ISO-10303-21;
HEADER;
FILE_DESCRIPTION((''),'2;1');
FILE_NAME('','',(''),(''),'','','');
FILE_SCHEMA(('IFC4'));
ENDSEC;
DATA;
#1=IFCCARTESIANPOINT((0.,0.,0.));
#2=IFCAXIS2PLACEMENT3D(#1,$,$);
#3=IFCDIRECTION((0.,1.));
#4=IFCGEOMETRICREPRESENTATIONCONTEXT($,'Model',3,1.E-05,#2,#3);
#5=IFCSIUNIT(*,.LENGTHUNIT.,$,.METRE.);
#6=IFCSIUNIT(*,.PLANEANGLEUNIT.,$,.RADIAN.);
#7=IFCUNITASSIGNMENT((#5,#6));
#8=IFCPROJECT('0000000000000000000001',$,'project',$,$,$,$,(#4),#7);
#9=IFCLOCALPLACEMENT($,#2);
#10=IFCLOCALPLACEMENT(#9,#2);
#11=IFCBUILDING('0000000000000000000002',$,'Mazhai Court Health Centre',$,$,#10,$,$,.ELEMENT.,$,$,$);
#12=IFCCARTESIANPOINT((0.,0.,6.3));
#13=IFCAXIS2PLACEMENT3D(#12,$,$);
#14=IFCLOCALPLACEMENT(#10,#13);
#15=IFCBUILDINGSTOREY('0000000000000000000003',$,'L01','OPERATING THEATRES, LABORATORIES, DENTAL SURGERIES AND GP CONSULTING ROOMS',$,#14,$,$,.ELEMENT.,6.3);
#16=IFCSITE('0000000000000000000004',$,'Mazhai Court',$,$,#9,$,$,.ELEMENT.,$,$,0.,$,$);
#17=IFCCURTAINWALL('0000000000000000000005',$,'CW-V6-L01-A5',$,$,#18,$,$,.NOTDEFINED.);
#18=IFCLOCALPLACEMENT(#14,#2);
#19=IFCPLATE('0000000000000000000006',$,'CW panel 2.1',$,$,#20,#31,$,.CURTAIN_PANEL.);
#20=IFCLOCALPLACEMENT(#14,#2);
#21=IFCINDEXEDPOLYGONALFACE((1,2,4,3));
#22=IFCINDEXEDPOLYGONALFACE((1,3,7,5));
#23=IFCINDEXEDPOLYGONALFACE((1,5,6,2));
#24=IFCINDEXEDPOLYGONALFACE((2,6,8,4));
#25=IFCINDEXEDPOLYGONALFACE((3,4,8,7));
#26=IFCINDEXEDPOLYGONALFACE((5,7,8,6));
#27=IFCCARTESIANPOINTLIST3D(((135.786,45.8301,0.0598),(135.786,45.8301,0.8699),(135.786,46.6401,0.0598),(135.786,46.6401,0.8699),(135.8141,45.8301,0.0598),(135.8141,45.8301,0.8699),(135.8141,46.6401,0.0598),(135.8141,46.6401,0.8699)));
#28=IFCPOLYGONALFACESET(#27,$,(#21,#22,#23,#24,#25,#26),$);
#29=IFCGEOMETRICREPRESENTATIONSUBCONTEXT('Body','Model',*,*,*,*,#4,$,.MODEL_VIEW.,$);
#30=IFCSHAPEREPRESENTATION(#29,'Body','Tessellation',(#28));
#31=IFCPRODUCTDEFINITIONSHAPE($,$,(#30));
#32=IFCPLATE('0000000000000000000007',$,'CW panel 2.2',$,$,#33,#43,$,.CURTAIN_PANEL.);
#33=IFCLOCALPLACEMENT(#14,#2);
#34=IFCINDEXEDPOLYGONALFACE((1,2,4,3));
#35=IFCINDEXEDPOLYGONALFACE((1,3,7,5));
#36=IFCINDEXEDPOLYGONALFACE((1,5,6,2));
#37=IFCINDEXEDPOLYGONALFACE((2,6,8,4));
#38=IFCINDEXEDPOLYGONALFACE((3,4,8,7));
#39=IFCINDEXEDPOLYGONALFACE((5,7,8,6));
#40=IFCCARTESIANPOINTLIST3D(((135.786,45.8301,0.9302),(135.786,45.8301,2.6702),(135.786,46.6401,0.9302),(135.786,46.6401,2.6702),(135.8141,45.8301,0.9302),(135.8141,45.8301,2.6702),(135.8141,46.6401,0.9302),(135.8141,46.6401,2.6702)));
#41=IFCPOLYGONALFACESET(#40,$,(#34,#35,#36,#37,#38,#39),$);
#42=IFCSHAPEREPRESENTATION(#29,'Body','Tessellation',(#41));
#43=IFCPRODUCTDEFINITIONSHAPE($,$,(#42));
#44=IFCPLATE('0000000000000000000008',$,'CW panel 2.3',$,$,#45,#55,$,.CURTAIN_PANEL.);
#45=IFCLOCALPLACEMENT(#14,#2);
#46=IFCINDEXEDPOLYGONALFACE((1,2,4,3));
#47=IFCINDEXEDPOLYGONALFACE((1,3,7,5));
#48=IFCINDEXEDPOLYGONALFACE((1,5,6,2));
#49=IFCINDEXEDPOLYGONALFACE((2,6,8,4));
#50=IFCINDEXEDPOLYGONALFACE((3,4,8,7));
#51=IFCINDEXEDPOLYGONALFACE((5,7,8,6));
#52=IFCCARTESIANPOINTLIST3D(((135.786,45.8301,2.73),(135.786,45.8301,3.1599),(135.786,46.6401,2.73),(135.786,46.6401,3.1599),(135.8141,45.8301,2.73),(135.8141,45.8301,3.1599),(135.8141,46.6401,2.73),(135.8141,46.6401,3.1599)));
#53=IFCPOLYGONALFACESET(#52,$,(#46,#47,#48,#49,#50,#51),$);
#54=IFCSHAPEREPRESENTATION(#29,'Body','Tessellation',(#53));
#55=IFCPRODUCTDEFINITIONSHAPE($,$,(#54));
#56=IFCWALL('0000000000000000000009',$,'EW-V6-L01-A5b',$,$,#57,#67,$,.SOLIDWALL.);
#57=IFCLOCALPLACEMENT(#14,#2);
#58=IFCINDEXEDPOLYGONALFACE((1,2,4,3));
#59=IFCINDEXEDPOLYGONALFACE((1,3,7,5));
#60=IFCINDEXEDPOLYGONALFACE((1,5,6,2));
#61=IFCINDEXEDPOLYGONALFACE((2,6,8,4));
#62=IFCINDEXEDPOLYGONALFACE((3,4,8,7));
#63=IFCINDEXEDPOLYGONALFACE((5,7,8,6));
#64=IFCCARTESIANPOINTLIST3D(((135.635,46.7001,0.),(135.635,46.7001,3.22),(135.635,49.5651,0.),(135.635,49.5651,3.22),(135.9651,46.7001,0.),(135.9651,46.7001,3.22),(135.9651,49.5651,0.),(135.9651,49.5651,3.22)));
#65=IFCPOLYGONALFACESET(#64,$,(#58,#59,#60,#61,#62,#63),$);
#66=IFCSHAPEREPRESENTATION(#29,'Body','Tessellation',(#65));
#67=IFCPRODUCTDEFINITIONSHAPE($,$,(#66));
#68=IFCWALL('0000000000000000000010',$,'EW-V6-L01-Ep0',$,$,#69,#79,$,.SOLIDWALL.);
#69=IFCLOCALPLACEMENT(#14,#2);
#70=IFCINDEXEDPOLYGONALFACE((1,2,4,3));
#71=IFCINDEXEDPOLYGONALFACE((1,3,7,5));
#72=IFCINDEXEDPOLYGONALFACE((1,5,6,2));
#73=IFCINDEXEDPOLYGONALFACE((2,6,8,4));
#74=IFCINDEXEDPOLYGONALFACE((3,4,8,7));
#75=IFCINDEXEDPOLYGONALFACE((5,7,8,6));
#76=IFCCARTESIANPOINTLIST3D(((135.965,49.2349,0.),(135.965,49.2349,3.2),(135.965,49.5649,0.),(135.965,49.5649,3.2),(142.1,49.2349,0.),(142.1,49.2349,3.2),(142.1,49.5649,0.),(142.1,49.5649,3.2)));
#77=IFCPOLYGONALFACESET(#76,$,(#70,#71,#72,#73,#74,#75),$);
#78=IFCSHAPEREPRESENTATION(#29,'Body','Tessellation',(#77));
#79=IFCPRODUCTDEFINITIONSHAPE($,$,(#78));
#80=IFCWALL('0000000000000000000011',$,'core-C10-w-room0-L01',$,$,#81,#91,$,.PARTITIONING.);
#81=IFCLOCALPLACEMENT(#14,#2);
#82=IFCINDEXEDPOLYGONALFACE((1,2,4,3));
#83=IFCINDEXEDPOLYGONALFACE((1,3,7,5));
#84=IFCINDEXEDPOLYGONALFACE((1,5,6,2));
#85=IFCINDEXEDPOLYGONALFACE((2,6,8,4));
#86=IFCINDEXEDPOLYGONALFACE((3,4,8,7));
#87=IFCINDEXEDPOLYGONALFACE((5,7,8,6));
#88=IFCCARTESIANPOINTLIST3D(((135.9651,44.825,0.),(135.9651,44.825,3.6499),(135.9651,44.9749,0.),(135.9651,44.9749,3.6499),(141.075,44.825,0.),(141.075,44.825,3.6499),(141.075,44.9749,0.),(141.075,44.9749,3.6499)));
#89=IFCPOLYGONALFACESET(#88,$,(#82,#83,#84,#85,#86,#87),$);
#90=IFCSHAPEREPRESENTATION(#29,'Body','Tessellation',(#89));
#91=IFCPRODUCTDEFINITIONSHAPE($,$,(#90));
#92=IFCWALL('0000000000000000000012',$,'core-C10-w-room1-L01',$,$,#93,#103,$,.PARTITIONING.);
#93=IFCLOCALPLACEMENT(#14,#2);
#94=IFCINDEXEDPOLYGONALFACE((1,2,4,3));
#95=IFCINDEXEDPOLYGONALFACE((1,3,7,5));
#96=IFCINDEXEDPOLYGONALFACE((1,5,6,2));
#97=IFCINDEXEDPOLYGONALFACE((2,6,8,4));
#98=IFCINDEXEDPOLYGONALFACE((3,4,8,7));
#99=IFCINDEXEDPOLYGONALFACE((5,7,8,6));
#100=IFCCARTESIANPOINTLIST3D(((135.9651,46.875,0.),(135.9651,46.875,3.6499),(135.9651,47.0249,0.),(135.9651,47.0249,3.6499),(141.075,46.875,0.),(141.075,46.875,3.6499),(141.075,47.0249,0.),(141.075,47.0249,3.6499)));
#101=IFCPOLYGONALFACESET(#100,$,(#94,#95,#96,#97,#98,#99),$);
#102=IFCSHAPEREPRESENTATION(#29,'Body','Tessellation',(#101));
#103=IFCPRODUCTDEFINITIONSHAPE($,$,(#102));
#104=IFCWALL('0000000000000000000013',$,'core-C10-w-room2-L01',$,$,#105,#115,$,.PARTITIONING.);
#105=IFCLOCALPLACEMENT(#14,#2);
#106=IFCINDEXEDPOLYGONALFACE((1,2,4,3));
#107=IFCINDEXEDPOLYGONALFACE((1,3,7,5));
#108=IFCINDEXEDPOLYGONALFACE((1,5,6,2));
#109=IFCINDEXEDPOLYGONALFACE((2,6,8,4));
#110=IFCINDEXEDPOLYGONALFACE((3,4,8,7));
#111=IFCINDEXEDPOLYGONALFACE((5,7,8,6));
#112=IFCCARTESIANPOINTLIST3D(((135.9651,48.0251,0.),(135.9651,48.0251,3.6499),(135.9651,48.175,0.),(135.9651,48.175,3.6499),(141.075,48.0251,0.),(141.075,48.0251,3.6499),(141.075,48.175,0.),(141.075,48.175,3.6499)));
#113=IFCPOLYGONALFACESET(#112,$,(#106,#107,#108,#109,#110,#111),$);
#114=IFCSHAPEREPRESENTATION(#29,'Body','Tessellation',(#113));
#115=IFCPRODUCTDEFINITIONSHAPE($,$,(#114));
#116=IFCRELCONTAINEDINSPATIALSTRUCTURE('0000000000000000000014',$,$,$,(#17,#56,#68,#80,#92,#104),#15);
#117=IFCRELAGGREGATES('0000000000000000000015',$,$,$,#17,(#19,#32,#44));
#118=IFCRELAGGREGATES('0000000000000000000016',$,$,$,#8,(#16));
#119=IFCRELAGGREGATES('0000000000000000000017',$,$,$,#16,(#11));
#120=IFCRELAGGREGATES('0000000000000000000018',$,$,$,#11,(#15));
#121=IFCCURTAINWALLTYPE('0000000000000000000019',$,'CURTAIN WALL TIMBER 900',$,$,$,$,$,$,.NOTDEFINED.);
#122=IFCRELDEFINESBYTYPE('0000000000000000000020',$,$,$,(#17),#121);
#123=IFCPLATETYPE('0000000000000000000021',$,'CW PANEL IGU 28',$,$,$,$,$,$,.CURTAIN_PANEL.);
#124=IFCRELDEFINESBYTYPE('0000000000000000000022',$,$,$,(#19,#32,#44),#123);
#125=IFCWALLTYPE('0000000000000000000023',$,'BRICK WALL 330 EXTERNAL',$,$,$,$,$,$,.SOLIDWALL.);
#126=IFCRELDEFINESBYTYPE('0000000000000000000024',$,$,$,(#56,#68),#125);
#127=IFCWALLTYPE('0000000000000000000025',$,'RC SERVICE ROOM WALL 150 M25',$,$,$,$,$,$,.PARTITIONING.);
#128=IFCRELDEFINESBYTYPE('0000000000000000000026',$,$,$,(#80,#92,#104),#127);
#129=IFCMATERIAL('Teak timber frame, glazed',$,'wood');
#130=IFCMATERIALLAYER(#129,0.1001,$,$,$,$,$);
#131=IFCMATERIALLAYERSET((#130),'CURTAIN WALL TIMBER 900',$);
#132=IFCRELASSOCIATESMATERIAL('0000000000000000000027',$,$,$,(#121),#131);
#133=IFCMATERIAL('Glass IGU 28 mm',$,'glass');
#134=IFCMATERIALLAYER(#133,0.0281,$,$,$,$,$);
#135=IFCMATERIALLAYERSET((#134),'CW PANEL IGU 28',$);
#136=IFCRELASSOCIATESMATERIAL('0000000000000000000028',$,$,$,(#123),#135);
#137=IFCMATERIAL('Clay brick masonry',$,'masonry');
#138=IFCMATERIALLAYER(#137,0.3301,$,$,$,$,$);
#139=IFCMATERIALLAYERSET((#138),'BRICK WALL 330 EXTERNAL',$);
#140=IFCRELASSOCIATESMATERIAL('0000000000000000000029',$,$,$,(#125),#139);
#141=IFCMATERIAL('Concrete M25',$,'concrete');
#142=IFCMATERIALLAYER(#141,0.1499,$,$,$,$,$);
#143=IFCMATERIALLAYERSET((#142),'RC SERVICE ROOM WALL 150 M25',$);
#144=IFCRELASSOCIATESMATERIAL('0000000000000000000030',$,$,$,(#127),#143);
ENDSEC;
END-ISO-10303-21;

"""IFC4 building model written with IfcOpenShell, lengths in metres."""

from ifc_helpers import new_model, si_unit, direction, frame, frame_2d, origin, origin_2d, place, context, subcontext, project, spatial, rectangle, extrude, material, layer, layer_set, type_object, element, aggregate, save


model = new_model("IFC4")

# Units and contexts
model_context = context("Model", 3, precision=1e-05, world=origin(), true_north=direction((0.0, 1.0)))
body_context = subcontext(model_context, "Body", "Model", "MODEL_VIEW")
ifc_project = project(units=[si_unit("LENGTHUNIT", "METRE"), si_unit("PLANEANGLEUNIT", "RADIAN")], contexts=[model_context])

# Site, building, storey
site_placement = place(None, origin())
site = spatial("IfcSite", under=ifc_project, at=site_placement, Name="Mazhai Court", CompositionType="ELEMENT", RefElevation=0.0)
building_placement = place(site_placement, origin())
building = spatial("IfcBuilding", under=site, at=building_placement, Name="Mazhai Court Health Centre", CompositionType="ELEMENT")
storey_placement = place(building_placement, frame((0.0, 0.0, 6.3)))
storey = spatial("IfcBuildingStorey", under=building, at=storey_placement, Name="L01", Description="OPERATING THEATRES, LABORATORIES, DENTAL SURGERIES AND GP CONSULTING ROOMS", CompositionType="ELEMENT", Elevation=6.3)

# Curtain wall, plates
ifc_material_1 = material(Name="Teak timber frame, glazed", Category="wood")
ifc_layer_1 = layer(ifc_material_1, 0.1001)
ifc_layer_set_1 = layer_set([ifc_layer_1], Name="CURTAIN WALL TIMBER 900")
curtain_wall_type = type_object("IfcCurtainWallType", Name="CURTAIN WALL TIMBER 900", PredefinedType="NOTDEFINED", material=ifc_layer_set_1)
curtain_wall_placement = place(storey_placement, origin())
curtain_wall = element("IfcCurtainWall", 1, at=curtain_wall_placement, inside=storey, type_object=curtain_wall_type, Name="CW-V6-L01-A5", PredefinedType="NOTDEFINED")
ifc_material_2 = material(Name="Glass IGU 28 mm", Category="glass")
ifc_layer_2 = layer(ifc_material_2, 0.0281)
ifc_layer_set_2 = layer_set([ifc_layer_2], Name="CW PANEL IGU 28")
plate_type = type_object("IfcPlateType", Name="CW PANEL IGU 28", PredefinedType="CURTAIN_PANEL", material=ifc_layer_set_2)
plate_1_placement = place(storey_placement, frame((135.8, 46.2351, 0.0598), z_axis=(0.0, 0.0, 1.0), x_axis=(0.0, 1.0, 0.0)))
plate_1 = element("IfcPlate", 2, at=plate_1_placement, type_object=plate_type, Name="CW panel 2.1", PredefinedType="CURTAIN_PANEL", context=body_context, shape_type="SweptSolid", body=[
    extrude(rectangle(XDim=0.8101, YDim=0.0281, at=origin_2d()), origin(), (0.0, 0.0, 1.0), 0.8101),
])
plate_2_placement = place(storey_placement, frame((135.8, 46.2351, 0.9302), z_axis=(0.0, 0.0, 1.0), x_axis=(0.0, 1.0, 0.0)))
plate_2 = element("IfcPlate", 3, at=plate_2_placement, type_object=plate_type, Name="CW panel 2.2", PredefinedType="CURTAIN_PANEL", context=body_context, shape_type="SweptSolid", body=[
    extrude(rectangle(XDim=0.8101, YDim=0.0281, at=origin_2d()), origin(), (0.0, 0.0, 1.0), 1.74),
])
plate_3_placement = place(storey_placement, frame((135.8, 46.2351, 2.73), z_axis=(0.0, 0.0, 1.0), x_axis=(0.0, 1.0, 0.0)))
plate_3 = element("IfcPlate", 4, at=plate_3_placement, type_object=plate_type, Name="CW panel 2.3", PredefinedType="CURTAIN_PANEL", context=body_context, shape_type="SweptSolid", body=[
    extrude(rectangle(XDim=0.8101, YDim=0.0281, at=origin_2d()), origin(), (0.0, 0.0, 1.0), 0.4299),
])
aggregate(curtain_wall, [plate_1, plate_2, plate_3])

# Walls
ifc_material_3 = material(Name="Clay brick masonry", Category="masonry")
ifc_layer_3 = layer(ifc_material_3, 0.3301)
ifc_layer_set_3 = layer_set([ifc_layer_3], Name="BRICK WALL 330 EXTERNAL")
wall_type_1 = type_object("IfcWallType", Name="BRICK WALL 330 EXTERNAL", PredefinedType="SOLIDWALL", material=ifc_layer_set_3)
wall_1_placement = place(storey_placement, frame((135.8, 46.7, 0.0), z_axis=(0.0, 0.0, 1.0), x_axis=(0.0, 1.0, 0.0)))
element("IfcWall", 5, at=wall_1_placement, inside=storey, type_object=wall_type_1, Name="EW-V6-L01-A5b", PredefinedType="SOLIDWALL", context=body_context, shape_type="SweptSolid", body=[
    extrude(rectangle(XDim=2.865, YDim=0.3301, at=frame_2d((1.4326, 0.0))), origin(), (0.0, 0.0, 1.0), 3.22),
])
wall_2_placement = place(storey_placement, frame((135.9651, 49.3999, 0.0), z_axis=(0.0, 0.0, 1.0), x_axis=(1.0, 0.0, 0.0)))
element("IfcWall", 6, at=wall_2_placement, inside=storey, type_object=wall_type_1, Name="EW-V6-L01-Ep0", PredefinedType="SOLIDWALL", context=body_context, shape_type="SweptSolid", body=[
    extrude(rectangle(XDim=6.135, YDim=0.3301, at=frame_2d((3.0674, 0.0))), origin(), (0.0, 0.0, 1.0), 3.2),
])
ifc_material_4 = material(Name="Concrete M25", Category="concrete")
ifc_layer_4 = layer(ifc_material_4, 0.1499)
ifc_layer_set_4 = layer_set([ifc_layer_4], Name="RC SERVICE ROOM WALL 150 M25")
wall_type_2 = type_object("IfcWallType", Name="RC SERVICE ROOM WALL 150 M25", PredefinedType="PARTITIONING", material=ifc_layer_set_4)
for number, where, z_axis, x_axis, name in (
    (7, (135.9651, 44.8999, 0.0), (0.0, 0.0, 1.0), (1.0, 0.0, 0.0), "core-C10-w-room0-L01"),
    (8, (135.9651, 46.95, 0.0), (0.0, 0.0, 1.0), (1.0, 0.0, 0.0), "core-C10-w-room1-L01"),
    (9, (135.9651, 48.1001, 0.0), (0.0, 0.0, 1.0), (1.0, 0.0, 0.0), "core-C10-w-room2-L01"),
):
    element("IfcWall", number, at=place(storey_placement, frame(where, z_axis=z_axis, x_axis=x_axis)), inside=storey, type_object=wall_type_2, Name=name, PredefinedType="PARTITIONING", context=body_context, shape_type="SweptSolid", body=[
        extrude(rectangle(XDim=5.1099, YDim=0.1499, at=frame_2d((2.5549, 0.0))), origin(), (0.0, 0.0, 1.0), 3.6499),
    ])

save(model, "model.ifc")
